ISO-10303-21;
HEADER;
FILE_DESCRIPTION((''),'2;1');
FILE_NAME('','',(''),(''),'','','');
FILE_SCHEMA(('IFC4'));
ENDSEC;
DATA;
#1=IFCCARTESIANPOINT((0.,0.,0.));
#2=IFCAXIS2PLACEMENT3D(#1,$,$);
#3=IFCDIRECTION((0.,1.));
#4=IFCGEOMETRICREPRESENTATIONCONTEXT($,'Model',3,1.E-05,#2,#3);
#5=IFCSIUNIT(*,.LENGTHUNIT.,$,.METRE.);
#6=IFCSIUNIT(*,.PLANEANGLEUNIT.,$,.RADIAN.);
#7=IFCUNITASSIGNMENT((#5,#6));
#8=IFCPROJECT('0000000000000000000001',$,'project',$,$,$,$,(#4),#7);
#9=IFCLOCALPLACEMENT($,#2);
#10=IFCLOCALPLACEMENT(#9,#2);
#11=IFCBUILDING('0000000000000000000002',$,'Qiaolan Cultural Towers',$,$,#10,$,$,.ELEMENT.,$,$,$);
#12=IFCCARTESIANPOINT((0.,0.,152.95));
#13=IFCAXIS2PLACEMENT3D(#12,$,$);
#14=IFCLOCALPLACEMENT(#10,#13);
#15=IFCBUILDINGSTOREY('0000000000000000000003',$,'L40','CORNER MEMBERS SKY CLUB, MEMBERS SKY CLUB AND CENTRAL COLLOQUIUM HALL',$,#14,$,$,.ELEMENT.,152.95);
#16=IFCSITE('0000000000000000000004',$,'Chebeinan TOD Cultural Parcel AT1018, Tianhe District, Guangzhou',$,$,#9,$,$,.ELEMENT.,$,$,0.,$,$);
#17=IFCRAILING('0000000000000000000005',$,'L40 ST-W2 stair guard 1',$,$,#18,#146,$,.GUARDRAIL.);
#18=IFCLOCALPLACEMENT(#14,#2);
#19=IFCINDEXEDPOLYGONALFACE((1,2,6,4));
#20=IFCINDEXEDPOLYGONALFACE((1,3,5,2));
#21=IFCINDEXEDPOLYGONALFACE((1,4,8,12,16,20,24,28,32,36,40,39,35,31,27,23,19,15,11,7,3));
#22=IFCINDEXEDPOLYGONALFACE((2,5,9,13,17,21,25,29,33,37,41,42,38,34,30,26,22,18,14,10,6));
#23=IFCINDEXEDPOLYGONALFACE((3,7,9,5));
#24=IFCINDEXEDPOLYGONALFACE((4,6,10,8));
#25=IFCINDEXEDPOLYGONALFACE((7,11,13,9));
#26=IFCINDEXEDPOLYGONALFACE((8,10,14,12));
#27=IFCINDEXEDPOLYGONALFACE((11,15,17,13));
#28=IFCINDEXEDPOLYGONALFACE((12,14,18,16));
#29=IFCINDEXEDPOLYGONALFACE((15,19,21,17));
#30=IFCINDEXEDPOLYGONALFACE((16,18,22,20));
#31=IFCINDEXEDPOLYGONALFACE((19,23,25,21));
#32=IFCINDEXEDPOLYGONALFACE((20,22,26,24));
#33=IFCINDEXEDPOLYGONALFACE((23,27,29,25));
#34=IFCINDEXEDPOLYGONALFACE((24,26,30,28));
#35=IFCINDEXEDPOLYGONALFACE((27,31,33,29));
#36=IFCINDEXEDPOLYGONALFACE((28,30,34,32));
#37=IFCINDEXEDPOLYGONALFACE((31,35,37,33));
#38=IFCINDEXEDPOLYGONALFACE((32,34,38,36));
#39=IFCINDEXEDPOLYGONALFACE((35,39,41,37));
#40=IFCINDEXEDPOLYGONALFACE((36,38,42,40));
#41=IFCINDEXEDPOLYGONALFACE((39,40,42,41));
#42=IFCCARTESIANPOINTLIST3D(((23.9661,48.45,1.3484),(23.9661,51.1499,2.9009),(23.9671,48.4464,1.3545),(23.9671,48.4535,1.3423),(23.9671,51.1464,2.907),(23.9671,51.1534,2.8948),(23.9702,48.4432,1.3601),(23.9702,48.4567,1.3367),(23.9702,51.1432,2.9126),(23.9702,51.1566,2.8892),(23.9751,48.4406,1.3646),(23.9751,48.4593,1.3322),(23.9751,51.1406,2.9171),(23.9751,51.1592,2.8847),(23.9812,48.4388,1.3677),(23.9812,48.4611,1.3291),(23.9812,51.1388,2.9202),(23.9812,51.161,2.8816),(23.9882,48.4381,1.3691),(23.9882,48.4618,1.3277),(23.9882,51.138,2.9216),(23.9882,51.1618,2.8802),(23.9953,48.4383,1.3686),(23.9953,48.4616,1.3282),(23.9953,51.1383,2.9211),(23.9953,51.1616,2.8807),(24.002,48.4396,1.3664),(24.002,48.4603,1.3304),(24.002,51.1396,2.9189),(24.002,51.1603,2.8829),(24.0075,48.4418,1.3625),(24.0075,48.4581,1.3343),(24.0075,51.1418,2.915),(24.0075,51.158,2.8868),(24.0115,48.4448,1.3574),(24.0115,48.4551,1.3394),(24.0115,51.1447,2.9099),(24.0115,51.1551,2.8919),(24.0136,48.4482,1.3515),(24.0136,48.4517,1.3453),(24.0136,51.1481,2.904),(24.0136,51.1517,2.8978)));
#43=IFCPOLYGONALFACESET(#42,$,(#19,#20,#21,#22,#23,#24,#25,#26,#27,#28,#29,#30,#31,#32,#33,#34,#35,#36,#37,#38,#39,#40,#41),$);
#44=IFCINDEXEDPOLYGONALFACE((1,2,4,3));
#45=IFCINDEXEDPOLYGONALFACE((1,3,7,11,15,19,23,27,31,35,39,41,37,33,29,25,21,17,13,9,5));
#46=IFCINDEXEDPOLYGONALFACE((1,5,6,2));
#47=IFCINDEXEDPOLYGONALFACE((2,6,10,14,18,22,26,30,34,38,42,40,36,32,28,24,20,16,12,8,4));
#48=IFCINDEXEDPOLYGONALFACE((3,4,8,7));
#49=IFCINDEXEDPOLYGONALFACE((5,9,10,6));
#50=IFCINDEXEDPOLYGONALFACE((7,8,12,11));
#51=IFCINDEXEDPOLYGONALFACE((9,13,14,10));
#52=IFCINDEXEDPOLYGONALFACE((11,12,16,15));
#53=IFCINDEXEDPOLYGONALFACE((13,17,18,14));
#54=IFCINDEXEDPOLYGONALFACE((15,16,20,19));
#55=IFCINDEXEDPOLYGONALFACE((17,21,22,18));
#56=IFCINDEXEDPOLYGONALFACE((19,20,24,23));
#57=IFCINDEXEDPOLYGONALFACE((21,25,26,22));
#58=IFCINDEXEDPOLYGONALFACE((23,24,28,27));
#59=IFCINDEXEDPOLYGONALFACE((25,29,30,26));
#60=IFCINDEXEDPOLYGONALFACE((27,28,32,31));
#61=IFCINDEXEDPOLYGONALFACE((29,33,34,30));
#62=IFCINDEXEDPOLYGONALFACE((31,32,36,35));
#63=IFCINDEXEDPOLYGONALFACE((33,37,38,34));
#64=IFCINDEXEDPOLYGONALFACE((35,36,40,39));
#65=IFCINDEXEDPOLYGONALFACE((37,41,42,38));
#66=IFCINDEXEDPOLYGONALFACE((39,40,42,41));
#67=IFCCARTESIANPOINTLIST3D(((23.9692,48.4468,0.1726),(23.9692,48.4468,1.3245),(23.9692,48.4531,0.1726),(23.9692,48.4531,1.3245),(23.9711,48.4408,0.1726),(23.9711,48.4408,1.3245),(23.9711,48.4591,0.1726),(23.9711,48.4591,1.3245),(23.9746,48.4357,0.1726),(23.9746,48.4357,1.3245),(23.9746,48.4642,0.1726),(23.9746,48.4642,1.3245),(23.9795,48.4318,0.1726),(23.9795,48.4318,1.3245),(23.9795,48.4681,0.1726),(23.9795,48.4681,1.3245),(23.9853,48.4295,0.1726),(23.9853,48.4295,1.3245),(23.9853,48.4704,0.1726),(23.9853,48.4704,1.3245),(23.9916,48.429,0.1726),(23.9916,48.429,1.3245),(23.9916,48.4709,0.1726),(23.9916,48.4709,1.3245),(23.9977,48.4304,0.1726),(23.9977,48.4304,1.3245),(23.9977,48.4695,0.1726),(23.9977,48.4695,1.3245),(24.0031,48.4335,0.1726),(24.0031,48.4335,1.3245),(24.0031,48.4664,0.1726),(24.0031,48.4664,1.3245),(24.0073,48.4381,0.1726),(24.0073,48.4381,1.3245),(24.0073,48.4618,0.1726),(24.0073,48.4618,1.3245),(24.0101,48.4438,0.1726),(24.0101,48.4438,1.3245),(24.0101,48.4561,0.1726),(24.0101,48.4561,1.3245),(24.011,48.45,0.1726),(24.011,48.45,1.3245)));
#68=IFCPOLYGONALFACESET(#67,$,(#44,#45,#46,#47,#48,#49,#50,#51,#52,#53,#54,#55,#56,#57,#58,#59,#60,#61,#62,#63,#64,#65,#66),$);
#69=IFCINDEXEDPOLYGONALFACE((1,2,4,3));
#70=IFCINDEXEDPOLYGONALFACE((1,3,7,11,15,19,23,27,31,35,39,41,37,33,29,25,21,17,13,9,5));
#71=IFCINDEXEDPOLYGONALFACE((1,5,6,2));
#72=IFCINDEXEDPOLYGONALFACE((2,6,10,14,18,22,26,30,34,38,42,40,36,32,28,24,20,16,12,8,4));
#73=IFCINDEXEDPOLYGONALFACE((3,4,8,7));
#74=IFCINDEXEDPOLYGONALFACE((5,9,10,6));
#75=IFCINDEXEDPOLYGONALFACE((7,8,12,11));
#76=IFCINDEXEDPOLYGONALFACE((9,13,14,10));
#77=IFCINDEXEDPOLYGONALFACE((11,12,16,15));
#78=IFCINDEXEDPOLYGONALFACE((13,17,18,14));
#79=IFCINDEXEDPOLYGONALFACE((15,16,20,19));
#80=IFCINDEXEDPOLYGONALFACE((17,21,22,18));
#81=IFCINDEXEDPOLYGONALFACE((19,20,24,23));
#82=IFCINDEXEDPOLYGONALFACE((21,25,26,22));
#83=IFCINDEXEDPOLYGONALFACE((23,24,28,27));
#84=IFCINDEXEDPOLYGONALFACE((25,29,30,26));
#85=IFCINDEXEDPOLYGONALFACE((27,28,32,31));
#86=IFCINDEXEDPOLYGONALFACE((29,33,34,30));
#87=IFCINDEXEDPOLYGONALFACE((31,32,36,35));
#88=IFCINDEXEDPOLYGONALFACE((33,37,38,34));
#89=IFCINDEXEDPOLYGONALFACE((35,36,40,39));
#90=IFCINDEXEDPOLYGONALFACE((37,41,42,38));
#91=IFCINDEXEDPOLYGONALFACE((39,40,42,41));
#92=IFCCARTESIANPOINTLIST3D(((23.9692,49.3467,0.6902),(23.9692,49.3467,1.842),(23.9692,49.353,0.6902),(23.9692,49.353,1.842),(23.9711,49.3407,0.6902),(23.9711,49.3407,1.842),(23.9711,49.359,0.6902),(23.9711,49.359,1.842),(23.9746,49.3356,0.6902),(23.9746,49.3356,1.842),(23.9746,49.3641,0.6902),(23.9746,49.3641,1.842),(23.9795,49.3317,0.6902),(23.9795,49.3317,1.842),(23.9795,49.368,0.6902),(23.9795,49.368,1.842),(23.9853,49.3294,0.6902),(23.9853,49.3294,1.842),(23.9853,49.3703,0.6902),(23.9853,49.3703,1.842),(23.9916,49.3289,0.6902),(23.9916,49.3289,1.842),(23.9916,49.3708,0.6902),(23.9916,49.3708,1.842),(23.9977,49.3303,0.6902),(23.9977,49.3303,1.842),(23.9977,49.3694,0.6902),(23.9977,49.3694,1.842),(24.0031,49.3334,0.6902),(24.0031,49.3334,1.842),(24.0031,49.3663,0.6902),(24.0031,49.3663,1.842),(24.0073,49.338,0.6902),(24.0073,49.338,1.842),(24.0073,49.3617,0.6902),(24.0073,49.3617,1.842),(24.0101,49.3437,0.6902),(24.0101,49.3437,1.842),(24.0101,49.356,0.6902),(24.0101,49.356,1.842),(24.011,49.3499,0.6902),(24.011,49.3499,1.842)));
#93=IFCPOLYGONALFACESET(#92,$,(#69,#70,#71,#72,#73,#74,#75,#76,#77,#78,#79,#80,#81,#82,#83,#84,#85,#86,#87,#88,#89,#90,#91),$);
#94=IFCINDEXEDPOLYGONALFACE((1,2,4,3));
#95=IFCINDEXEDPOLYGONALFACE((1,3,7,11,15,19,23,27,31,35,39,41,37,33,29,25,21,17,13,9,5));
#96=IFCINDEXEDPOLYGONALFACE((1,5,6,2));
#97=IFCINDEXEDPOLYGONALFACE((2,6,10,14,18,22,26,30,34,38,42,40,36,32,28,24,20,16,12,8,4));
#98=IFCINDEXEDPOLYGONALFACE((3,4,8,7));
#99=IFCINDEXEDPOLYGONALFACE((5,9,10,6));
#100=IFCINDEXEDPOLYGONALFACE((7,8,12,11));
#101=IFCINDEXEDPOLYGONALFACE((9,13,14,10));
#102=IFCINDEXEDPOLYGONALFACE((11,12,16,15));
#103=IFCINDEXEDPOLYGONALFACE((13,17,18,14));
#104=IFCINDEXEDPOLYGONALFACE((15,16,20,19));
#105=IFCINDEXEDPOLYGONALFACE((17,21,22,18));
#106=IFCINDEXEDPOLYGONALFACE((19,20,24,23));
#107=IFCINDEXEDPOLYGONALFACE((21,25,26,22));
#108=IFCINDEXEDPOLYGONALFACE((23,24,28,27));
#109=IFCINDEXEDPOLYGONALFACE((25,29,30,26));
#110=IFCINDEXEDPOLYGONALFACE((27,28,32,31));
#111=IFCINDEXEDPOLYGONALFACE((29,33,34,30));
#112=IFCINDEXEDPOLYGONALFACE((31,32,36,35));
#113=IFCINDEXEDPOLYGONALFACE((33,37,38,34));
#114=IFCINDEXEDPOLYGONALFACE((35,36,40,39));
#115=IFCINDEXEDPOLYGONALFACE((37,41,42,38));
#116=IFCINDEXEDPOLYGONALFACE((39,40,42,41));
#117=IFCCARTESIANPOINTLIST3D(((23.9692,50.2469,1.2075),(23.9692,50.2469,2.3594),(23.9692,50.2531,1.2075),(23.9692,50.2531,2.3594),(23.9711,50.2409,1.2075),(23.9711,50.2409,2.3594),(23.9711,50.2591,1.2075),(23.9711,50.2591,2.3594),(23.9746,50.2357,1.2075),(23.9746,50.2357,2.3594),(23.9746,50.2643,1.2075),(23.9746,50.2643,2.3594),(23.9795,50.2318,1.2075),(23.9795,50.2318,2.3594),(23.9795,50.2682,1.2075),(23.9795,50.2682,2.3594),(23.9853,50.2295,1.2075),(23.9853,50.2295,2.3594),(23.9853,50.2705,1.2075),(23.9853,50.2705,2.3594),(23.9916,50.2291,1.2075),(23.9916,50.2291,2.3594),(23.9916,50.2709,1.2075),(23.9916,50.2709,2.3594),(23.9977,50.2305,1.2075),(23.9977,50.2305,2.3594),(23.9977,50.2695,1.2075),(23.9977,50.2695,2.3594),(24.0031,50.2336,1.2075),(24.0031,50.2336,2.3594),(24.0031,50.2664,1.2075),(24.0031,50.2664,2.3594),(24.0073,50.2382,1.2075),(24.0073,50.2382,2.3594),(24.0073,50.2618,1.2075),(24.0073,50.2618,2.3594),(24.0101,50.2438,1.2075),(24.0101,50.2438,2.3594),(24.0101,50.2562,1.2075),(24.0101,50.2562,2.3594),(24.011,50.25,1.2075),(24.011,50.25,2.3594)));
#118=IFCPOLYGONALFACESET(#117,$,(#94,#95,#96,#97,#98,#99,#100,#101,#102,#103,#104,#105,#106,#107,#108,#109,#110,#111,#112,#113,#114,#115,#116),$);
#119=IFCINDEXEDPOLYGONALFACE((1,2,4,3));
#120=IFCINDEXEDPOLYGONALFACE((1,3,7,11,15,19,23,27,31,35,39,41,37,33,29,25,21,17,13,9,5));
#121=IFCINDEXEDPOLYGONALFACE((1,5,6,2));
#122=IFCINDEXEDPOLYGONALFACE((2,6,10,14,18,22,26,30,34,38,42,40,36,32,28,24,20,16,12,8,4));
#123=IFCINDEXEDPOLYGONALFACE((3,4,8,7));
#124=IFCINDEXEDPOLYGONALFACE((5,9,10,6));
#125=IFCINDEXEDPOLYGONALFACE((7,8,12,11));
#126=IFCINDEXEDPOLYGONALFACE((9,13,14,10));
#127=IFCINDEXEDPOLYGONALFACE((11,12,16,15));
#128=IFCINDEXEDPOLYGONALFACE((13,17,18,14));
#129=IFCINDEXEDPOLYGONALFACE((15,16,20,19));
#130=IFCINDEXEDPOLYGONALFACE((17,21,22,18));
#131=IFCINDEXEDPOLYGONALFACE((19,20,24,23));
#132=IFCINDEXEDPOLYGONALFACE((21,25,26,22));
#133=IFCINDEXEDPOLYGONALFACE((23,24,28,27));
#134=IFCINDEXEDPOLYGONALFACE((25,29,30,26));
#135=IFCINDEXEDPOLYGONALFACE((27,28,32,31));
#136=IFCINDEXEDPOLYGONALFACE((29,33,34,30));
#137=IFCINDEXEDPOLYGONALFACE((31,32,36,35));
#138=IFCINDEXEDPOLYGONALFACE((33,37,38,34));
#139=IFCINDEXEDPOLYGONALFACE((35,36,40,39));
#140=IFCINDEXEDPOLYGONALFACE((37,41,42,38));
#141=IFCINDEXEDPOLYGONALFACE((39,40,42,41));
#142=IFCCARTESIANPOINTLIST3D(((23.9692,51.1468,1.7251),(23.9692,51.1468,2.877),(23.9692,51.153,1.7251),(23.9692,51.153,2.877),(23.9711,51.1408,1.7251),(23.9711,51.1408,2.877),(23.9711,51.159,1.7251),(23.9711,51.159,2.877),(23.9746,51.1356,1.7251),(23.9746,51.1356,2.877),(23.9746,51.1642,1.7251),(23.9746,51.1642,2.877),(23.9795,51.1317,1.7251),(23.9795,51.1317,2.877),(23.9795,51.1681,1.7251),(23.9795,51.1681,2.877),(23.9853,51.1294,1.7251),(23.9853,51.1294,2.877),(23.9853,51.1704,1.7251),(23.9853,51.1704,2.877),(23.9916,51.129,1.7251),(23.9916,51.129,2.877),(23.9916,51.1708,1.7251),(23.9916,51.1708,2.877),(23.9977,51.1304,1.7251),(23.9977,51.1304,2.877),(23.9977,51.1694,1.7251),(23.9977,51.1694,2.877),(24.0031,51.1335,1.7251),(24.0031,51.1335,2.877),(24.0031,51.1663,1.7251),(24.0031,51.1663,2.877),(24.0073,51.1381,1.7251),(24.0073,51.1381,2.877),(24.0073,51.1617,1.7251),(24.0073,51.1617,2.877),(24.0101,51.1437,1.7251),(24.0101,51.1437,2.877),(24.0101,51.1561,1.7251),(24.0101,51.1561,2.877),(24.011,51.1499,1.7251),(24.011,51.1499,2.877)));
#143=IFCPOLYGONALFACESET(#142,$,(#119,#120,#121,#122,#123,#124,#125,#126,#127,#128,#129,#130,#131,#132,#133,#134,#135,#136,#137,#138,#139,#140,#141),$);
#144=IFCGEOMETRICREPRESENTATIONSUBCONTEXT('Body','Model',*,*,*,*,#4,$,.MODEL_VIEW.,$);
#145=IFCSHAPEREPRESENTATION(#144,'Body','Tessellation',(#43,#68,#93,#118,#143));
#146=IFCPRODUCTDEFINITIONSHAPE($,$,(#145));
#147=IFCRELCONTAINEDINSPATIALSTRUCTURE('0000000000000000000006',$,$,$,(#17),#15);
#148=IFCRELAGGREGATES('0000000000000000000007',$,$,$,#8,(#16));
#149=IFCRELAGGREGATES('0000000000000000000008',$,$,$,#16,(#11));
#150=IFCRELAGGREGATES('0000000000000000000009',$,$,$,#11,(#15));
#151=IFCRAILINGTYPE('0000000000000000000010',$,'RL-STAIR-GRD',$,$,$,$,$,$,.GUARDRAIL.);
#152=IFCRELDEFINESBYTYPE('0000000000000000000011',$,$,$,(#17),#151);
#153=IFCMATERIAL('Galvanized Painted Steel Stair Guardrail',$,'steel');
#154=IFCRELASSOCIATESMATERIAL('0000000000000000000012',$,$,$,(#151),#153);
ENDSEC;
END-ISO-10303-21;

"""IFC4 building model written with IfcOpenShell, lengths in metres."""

from ifc_helpers import new_model, si_unit, direction, frame, origin, origin_2d, place, context, subcontext, project, spatial, circle, extrude, material, type_object, element, save


model = new_model("IFC4")

# Units and contexts
model_context = context("Model", 3, precision=1e-05, world=origin(), true_north=direction((0.0, 1.0)))
body_context = subcontext(model_context, "Body", "Model", "MODEL_VIEW")
ifc_project = project(units=[si_unit("LENGTHUNIT", "METRE"), si_unit("PLANEANGLEUNIT", "RADIAN")], contexts=[model_context])

# Site, building, storey
site_placement = place(None, origin())
site = spatial("IfcSite", under=ifc_project, at=site_placement, Name="Chebeinan TOD Cultural Parcel AT1018, Tianhe District, Guangzhou", CompositionType="ELEMENT", RefElevation=0.0)
building_placement = place(site_placement, origin())
building = spatial("IfcBuilding", under=site, at=building_placement, Name="Qiaolan Cultural Towers", CompositionType="ELEMENT")
storey_placement = place(building_placement, frame((0.0, 0.0, 152.95)))
storey = spatial("IfcBuildingStorey", under=building, at=storey_placement, Name="L40", Description="CORNER MEMBERS SKY CLUB, MEMBERS SKY CLUB AND CENTRAL COLLOQUIUM HALL", CompositionType="ELEMENT", Elevation=152.95)

# Railing
ifc_material_1 = material(Name="Galvanized Painted Steel Stair Guardrail", Category="steel")
railing_type_1 = type_object("IfcRailingType", Name="RL-STAIR-GRD", PredefinedType="GUARDRAIL", material=ifc_material_1)
railing_1_placement = place(storey_placement, frame((23.99, 48.45, 0.1726)))
element("IfcRailing", 1, at=railing_1_placement, inside=storey, type_object=railing_type_1, Name="L40 ST-W2 stair guard 1", PredefinedType="GUARDRAIL", context=body_context, shape_type="SweptSolid", body=[
    extrude(circle(Radius=0.0239, at=origin_2d()), frame((0.0, 0.0, 1.1758), z_axis=(0.0, 0.866904, 0.498476), x_axis=(-1.0, 0.0, 0.0)), (0.0, 0.0, 1.0), 3.1145),
    extrude(circle(Radius=0.021, at=origin_2d()), origin(), (0.0, 0.0, 1.0), 1.1519),
    extrude(circle(Radius=0.021, at=origin_2d()), frame((0.0, 0.8999, 0.5176)), (0.0, 0.0, 1.0), 1.1519),
    extrude(circle(Radius=0.021, at=origin_2d()), frame((0.0, 1.8, 1.0349)), (0.0, 0.0, 1.0), 1.1519),
    extrude(circle(Radius=0.021, at=origin_2d()), frame((0.0, 2.7, 1.5525)), (0.0, 0.0, 1.0), 1.1519),
])

save(model, "model.ifc")
